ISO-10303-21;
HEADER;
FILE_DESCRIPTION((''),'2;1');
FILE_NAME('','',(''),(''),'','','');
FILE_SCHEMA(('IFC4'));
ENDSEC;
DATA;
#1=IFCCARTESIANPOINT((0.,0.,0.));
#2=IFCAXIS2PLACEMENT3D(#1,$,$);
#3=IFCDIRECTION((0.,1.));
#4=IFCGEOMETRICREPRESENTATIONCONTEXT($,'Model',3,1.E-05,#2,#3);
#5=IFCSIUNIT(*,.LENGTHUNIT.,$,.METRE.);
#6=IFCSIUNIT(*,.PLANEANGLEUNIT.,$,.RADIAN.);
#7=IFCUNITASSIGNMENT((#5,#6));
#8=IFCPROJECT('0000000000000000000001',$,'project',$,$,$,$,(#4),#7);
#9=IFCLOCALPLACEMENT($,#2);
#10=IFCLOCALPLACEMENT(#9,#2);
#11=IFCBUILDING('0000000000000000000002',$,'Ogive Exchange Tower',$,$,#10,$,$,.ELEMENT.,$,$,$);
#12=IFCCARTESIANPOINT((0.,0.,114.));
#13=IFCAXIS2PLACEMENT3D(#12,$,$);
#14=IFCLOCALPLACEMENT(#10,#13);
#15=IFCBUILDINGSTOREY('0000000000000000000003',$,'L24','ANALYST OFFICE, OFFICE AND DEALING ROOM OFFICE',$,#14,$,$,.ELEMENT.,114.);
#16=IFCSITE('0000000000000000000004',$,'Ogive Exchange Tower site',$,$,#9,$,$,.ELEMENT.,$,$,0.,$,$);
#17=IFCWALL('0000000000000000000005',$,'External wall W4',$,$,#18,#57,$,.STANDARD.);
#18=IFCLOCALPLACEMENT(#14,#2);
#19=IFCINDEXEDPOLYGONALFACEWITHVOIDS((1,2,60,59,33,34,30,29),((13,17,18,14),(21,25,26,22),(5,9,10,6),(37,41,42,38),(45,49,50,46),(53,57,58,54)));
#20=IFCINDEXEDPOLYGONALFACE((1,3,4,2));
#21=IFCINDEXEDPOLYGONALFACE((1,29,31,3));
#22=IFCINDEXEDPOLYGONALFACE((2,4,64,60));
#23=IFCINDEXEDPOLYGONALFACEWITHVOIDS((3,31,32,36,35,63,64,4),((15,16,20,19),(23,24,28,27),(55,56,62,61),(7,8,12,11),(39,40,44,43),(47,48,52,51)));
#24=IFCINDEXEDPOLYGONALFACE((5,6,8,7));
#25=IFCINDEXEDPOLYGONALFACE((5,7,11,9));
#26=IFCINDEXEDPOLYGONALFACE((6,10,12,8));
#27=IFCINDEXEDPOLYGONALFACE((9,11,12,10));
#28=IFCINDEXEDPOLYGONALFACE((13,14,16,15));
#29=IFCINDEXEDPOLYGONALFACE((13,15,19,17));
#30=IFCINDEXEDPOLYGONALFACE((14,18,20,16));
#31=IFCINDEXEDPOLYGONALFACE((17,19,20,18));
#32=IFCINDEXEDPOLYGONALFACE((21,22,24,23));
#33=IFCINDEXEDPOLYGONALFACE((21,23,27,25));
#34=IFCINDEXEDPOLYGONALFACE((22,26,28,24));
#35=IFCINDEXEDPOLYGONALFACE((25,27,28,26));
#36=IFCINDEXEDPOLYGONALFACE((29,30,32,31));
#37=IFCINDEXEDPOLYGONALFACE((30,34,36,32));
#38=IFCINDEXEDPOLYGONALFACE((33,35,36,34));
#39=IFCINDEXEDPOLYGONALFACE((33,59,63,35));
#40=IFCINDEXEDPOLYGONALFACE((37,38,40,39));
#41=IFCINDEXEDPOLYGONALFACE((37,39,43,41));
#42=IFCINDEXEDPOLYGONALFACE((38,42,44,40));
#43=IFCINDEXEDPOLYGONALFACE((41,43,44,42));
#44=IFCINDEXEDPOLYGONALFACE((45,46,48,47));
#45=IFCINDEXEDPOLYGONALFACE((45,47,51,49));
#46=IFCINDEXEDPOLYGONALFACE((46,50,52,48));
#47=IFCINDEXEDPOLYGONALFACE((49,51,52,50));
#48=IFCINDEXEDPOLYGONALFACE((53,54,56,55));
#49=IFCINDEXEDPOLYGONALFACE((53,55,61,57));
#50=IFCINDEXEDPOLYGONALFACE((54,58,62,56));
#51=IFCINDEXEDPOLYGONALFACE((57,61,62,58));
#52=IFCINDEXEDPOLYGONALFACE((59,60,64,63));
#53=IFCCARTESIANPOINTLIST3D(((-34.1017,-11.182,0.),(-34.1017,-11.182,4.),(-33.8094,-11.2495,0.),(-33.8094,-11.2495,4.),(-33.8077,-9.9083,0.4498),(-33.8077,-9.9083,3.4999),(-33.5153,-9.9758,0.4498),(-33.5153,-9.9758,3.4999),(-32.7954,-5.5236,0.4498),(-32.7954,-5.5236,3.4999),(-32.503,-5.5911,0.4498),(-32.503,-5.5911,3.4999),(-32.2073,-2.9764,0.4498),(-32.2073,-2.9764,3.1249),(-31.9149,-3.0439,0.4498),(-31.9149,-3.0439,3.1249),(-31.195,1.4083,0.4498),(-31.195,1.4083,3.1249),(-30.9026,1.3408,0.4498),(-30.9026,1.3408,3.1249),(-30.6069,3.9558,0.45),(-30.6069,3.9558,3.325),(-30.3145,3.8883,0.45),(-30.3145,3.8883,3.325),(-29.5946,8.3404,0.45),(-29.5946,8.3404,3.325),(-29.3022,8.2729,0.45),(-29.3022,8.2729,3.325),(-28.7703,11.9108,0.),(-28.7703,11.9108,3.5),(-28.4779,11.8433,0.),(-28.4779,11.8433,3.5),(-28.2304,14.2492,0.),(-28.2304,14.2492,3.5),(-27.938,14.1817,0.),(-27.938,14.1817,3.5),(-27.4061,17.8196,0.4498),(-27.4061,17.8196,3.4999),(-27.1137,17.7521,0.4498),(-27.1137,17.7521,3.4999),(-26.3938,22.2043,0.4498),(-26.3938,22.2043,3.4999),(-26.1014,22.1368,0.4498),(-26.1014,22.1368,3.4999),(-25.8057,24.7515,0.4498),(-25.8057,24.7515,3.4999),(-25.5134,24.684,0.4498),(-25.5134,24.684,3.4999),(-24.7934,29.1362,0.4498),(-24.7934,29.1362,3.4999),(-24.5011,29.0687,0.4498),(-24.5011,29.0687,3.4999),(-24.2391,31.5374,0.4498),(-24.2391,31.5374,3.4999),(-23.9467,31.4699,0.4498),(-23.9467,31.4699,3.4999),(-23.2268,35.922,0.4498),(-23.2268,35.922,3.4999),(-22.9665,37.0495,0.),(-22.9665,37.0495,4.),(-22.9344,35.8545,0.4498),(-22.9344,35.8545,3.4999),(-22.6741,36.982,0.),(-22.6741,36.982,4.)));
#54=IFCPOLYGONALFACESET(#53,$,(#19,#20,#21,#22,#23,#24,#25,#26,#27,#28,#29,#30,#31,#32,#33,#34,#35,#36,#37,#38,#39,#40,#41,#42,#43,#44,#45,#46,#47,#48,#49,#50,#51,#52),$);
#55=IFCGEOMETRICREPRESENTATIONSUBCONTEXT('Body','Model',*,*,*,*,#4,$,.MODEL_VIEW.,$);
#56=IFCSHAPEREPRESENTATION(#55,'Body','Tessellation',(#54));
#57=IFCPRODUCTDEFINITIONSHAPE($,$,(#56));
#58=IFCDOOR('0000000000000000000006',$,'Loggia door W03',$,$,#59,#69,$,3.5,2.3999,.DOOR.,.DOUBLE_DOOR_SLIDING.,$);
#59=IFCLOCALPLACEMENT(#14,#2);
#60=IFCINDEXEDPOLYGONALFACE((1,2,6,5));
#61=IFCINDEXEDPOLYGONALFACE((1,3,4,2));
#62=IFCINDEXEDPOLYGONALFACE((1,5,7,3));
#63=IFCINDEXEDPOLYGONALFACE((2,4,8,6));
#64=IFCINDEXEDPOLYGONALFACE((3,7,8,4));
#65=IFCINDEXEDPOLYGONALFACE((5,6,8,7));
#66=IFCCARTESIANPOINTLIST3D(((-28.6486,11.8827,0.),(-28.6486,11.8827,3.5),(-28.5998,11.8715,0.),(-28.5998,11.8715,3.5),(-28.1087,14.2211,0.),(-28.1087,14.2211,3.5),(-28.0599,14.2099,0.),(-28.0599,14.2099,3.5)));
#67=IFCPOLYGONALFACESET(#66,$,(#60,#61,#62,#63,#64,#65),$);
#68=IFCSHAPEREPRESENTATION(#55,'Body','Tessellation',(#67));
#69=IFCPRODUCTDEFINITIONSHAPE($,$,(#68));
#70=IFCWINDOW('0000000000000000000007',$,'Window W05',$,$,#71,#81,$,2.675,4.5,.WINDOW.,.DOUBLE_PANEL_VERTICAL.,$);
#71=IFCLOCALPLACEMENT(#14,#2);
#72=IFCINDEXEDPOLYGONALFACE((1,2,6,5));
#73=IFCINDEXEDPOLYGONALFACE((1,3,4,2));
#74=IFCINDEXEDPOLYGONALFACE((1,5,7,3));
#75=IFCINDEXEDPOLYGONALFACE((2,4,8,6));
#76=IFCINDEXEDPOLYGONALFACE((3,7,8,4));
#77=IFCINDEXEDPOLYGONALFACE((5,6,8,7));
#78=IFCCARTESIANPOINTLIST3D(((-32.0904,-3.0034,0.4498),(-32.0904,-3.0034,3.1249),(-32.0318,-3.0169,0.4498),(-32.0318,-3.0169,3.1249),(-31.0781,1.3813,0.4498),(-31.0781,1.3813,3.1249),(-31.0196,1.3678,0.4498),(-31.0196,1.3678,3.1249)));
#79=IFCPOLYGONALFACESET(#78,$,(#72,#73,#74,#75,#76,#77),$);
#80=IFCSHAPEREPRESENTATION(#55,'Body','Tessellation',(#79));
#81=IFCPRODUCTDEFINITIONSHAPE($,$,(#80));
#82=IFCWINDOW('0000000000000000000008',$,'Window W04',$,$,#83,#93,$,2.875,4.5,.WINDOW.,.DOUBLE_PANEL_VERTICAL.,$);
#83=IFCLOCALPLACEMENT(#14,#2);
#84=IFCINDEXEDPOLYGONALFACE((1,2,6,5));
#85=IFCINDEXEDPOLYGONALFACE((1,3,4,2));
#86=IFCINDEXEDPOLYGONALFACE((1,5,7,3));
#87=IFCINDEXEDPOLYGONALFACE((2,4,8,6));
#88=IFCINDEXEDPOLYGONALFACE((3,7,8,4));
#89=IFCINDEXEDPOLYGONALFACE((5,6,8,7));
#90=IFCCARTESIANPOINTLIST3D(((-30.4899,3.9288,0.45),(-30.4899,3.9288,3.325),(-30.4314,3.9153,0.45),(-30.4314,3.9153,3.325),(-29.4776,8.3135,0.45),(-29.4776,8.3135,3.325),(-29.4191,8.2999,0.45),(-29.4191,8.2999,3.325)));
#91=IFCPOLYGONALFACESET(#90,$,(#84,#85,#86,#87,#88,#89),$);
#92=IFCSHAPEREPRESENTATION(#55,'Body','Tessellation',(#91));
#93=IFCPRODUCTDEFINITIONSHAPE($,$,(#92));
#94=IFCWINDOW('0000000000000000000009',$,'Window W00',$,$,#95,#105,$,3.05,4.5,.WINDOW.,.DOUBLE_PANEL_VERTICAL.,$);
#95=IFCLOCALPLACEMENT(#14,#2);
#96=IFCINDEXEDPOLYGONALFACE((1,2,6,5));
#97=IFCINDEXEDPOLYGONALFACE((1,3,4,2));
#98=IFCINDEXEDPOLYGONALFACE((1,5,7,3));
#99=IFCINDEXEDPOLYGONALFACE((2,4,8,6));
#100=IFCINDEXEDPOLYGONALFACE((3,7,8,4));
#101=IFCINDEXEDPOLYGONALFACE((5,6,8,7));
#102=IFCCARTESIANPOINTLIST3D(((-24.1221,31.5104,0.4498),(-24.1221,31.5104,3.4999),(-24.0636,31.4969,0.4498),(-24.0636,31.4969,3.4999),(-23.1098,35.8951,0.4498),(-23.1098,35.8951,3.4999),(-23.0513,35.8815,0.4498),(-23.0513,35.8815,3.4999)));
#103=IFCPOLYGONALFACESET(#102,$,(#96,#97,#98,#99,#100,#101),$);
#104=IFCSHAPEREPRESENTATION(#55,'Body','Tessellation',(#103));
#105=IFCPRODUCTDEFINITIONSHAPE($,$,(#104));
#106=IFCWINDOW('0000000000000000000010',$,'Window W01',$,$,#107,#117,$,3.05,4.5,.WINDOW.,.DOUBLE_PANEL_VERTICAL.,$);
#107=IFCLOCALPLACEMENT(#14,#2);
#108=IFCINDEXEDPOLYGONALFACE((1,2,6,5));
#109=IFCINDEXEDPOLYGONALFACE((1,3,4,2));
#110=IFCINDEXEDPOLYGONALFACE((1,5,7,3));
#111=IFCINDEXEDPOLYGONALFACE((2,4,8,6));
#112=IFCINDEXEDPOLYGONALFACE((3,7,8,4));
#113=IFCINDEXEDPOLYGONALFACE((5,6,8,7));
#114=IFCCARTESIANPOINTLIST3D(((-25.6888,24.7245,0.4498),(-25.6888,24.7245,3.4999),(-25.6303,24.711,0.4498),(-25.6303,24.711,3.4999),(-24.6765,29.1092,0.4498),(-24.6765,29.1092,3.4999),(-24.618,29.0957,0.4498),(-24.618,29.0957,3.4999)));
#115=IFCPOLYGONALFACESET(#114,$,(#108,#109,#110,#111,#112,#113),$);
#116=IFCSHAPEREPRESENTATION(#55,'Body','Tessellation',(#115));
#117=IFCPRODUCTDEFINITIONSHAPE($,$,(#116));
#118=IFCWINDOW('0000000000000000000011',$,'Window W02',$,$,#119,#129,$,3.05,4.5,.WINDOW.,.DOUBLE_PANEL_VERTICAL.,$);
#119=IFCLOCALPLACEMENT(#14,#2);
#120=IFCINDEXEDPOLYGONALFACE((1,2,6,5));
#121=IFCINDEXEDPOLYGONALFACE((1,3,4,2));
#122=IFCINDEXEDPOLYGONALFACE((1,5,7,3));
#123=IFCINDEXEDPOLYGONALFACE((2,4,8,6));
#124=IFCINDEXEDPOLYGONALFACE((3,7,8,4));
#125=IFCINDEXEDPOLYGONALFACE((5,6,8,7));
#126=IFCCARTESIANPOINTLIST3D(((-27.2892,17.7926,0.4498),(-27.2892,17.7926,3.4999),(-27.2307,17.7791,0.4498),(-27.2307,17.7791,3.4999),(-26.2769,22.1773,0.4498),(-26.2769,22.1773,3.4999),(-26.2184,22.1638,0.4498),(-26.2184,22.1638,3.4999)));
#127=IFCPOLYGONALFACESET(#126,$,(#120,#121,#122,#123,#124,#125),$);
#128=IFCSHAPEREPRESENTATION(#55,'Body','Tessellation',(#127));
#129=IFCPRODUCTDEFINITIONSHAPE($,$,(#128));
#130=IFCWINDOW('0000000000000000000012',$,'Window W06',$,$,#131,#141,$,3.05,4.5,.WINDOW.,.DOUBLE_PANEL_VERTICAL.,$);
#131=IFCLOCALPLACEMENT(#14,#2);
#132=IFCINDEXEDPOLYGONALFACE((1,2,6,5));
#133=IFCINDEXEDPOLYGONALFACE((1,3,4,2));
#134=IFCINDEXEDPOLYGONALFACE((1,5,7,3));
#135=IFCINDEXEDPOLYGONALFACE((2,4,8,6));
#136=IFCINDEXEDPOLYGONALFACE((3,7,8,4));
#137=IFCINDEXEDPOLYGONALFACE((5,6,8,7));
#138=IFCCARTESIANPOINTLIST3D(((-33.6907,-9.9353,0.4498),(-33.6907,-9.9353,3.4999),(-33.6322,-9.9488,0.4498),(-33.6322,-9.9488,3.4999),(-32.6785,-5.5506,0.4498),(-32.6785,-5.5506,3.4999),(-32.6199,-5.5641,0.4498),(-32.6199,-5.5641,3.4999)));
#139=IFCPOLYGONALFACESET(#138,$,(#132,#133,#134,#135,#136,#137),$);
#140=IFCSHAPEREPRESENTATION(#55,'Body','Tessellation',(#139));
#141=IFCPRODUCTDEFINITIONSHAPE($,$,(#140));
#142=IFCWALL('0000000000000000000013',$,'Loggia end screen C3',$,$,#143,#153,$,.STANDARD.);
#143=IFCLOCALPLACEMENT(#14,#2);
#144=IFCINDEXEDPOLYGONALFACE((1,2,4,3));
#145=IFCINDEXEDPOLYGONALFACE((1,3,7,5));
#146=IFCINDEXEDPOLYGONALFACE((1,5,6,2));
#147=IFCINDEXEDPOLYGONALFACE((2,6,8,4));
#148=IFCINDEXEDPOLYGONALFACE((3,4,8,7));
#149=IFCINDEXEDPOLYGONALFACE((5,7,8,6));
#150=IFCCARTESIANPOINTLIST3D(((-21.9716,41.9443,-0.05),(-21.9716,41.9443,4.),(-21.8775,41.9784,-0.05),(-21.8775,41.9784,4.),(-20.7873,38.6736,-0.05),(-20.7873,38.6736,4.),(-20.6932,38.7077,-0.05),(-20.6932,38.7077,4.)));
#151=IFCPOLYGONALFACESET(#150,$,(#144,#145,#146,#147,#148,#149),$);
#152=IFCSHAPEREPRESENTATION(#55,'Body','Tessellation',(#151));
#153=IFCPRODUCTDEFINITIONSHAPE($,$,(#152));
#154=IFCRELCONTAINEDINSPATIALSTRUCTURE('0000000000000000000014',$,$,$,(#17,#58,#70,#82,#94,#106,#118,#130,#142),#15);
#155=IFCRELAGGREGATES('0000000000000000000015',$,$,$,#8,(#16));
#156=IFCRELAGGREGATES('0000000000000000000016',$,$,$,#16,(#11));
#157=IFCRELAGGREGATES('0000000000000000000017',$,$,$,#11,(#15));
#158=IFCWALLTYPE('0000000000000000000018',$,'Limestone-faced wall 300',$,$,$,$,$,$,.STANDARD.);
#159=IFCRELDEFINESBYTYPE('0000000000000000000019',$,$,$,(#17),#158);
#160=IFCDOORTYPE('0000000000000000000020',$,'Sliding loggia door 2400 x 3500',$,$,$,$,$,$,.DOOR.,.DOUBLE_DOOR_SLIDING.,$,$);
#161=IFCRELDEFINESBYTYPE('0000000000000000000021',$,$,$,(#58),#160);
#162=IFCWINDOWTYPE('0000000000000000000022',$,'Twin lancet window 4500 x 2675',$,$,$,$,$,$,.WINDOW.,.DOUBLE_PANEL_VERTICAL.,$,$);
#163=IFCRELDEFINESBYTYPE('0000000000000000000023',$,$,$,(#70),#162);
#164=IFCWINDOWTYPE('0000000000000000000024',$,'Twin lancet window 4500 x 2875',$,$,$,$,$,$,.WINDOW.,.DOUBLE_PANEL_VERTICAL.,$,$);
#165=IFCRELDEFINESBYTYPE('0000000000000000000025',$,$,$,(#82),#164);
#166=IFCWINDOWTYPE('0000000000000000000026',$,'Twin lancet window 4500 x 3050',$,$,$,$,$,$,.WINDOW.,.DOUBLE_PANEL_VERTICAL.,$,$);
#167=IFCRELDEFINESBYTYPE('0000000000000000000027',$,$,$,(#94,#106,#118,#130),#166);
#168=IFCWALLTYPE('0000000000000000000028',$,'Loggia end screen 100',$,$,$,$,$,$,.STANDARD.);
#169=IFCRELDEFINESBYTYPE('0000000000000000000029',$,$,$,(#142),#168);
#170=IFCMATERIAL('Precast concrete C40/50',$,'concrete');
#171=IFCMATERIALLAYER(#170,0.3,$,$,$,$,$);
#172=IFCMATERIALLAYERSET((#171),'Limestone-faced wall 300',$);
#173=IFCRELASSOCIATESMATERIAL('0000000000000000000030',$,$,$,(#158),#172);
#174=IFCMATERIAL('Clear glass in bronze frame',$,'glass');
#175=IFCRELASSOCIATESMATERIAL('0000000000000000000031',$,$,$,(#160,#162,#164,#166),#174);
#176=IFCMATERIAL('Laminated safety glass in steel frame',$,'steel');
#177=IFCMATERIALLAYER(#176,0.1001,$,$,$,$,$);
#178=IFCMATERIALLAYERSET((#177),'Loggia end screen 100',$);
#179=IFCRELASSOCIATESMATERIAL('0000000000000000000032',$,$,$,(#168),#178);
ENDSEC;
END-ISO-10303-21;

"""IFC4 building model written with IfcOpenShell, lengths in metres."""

from ifc_helpers import new_model, si_unit, direction, frame, frame_2d, origin, place, context, subcontext, project, spatial, rectangle, extrude, material, layer, layer_set, type_object, element, fill, save


model = new_model("IFC4")

# Units and contexts
model_context = context("Model", 3, precision=1e-05, world=origin(), true_north=direction((0.0, 1.0)))
body_context = subcontext(model_context, "Body", "Model", "MODEL_VIEW")
ifc_project = project(units=[si_unit("LENGTHUNIT", "METRE"), si_unit("PLANEANGLEUNIT", "RADIAN")], contexts=[model_context])

# Site, building, storey
site_placement = place(None, origin())
site = spatial("IfcSite", under=ifc_project, at=site_placement, Name="Ogive Exchange Tower site", CompositionType="ELEMENT", RefElevation=0.0)
building_placement = place(site_placement, origin())
building = spatial("IfcBuilding", under=site, at=building_placement, Name="Ogive Exchange Tower", CompositionType="ELEMENT")
storey_placement = place(building_placement, frame((0.0, 0.0, 114.0)))
storey = spatial("IfcBuildingStorey", under=building, at=storey_placement, Name="L24", Description="ANALYST OFFICE, OFFICE AND DEALING ROOM OFFICE", CompositionType="ELEMENT", Elevation=114.0)

# Wall, openings, door, windows
ifc_material_1 = material(Name="Precast concrete C40/50", Category="concrete")
ifc_layer_1 = layer(ifc_material_1, 0.3)
ifc_layer_set_1 = layer_set([ifc_layer_1], Name="Limestone-faced wall 300")
wall_type_1 = type_object("IfcWallType", Name="Limestone-faced wall 300", PredefinedType="STANDARD", material=ifc_layer_set_1)
wall_1_placement = place(storey_placement, frame((-22.8203, 37.0156, 0.0), z_axis=(0.0, 0.0, 1.0), x_axis=(-0.224954, -0.974369, 0.0)))
wall_1 = element("IfcWall", 1, at=wall_1_placement, inside=storey, type_object=wall_type_1, Name="External wall W4", PredefinedType="STANDARD", context=body_context, shape_type="SweptSolid", body=[
    extrude(rectangle(XDim=49.5002, YDim=0.3, at=frame_2d((24.75, 0.0))), origin(), (0.0, 0.0, 1.0), 4.0),
])
opening_1_placement = place(wall_1_placement, frame((1.157, 0.0, 0.45)))
opening_1 = element("IfcOpeningElement", 2, at=opening_1_placement, cuts=wall_1, PredefinedType="OPENING", context=body_context, shape_type="SweptSolid", body=[
    extrude(rectangle(XDim=4.5, YDim=3.05, at=frame_2d((2.25, 1.5249))), frame((0.0, 0.1599, 0.0), z_axis=(0.0, -1.0, 0.0), x_axis=(1.0, 0.0, 0.0)), (0.0, 0.0, 1.0), 0.3201),
])
opening_2_placement = place(wall_1_placement, frame((8.1213, 0.0, 0.45)))
opening_2 = element("IfcOpeningElement", 3, at=opening_2_placement, cuts=wall_1, PredefinedType="OPENING", context=body_context, shape_type="SweptSolid", body=[
    extrude(rectangle(XDim=4.5, YDim=3.05, at=frame_2d((2.25, 1.5249))), frame((0.0, 0.1599, 0.0), z_axis=(0.0, -1.0, 0.0), x_axis=(1.0, 0.0, 0.0)), (0.0, 0.0, 1.0), 0.3201),
])
opening_3_placement = place(wall_1_placement, frame((15.2356, 0.0, 0.45)))
opening_3 = element("IfcOpeningElement", 4, at=opening_3_placement, cuts=wall_1, PredefinedType="OPENING", context=body_context, shape_type="SweptSolid", body=[
    extrude(rectangle(XDim=4.5, YDim=3.05, at=frame_2d((2.25, 1.5249))), frame((0.0, 0.1599, 0.0), z_axis=(0.0, -1.0, 0.0), x_axis=(1.0, 0.0, 0.0)), (0.0, 0.0, 1.0), 0.3201),
])
opening_4_placement = place(wall_1_placement, frame((23.3999, 0.0, 0.0)))
opening_4 = element("IfcOpeningElement", 5, at=opening_4_placement, cuts=wall_1, PredefinedType="OPENING", context=body_context, shape_type="SweptSolid", body=[
    extrude(rectangle(XDim=2.3999, YDim=3.5, at=frame_2d((1.2, 1.75))), frame((0.0, 0.1599, 0.0), z_axis=(0.0, -1.0, 0.0), x_axis=(1.0, 0.0, 0.0)), (0.0, 0.0, 1.0), 0.3201),
])
opening_5_placement = place(wall_1_placement, frame((29.4641, 0.0, 0.45)))
opening_5 = element("IfcOpeningElement", 6, at=opening_5_placement, cuts=wall_1, PredefinedType="OPENING", context=body_context, shape_type="SweptSolid", body=[
    extrude(rectangle(XDim=4.5, YDim=2.875, at=frame_2d((2.25, 1.4375))), frame((0.0, 0.1599, 0.0), z_axis=(0.0, -1.0, 0.0), x_axis=(1.0, 0.0, 0.0)), (0.0, 0.0, 1.0), 0.3201),
])
opening_6_placement = place(wall_1_placement, frame((36.5786, 0.0, 0.45)))
opening_6 = element("IfcOpeningElement", 7, at=opening_6_placement, cuts=wall_1, PredefinedType="OPENING", context=body_context, shape_type="SweptSolid", body=[
    extrude(rectangle(XDim=4.5, YDim=2.675, at=frame_2d((2.25, 1.3374))), frame((0.0, 0.1599, 0.0), z_axis=(0.0, -1.0, 0.0), x_axis=(1.0, 0.0, 0.0)), (0.0, 0.0, 1.0), 0.3201),
])
opening_7_placement = place(wall_1_placement, frame((43.6929, 0.0, 0.45)))
opening_7 = element("IfcOpeningElement", 8, at=opening_7_placement, cuts=wall_1, PredefinedType="OPENING", context=body_context, shape_type="SweptSolid", body=[
    extrude(rectangle(XDim=4.5, YDim=3.05, at=frame_2d((2.25, 1.5249))), frame((0.0, 0.1599, 0.0), z_axis=(0.0, -1.0, 0.0), x_axis=(1.0, 0.0, 0.0)), (0.0, 0.0, 1.0), 0.3201),
])
ifc_material_2 = material(Name="Clear glass in bronze frame", Category="glass")
door_type_1 = type_object("IfcDoorType", Name="Sliding loggia door 2400 x 3500", OperationType="DOUBLE_DOOR_SLIDING", PredefinedType="DOOR", material=ifc_material_2)
door_1_placement = place(opening_4_placement, origin())
door_1 = element("IfcDoor", 9, at=door_1_placement, inside=storey, type_object=door_type_1, Name="Loggia door W03", OperationType="DOUBLE_DOOR_SLIDING", OverallHeight=3.5, OverallWidth=2.3999, PredefinedType="DOOR", context=body_context, shape_type="SweptSolid", body=[
    extrude(rectangle(XDim=2.3999, YDim=3.5, at=frame_2d((1.2, 1.75))), frame((0.0, 0.0249, 0.0), z_axis=(0.0, -1.0, 0.0), x_axis=(1.0, 0.0, 0.0)), (0.0, 0.0, 1.0), 0.05),
])
fill(opening_4, door_1)
window_type_1 = type_object("IfcWindowType", Name="Twin lancet window 4500 x 2675", PartitioningType="DOUBLE_PANEL_VERTICAL", PredefinedType="WINDOW", material=ifc_material_2)
window_1_placement = place(opening_6_placement, origin())
window_1 = element("IfcWindow", 10, at=window_1_placement, inside=storey, type_object=window_type_1, Name="Window W05", OverallHeight=2.675, OverallWidth=4.5, PartitioningType="DOUBLE_PANEL_VERTICAL", PredefinedType="WINDOW", context=body_context, shape_type="SweptSolid", body=[
    extrude(rectangle(XDim=4.5, YDim=2.675, at=frame_2d((2.25, 1.3374))), frame((0.0, 0.03, 0.0), z_axis=(0.0, -1.0, 0.0), x_axis=(1.0, 0.0, 0.0)), (0.0, 0.0, 1.0), 0.0601),
])
fill(opening_6, window_1)
window_type_2 = type_object("IfcWindowType", Name="Twin lancet window 4500 x 2875", PartitioningType="DOUBLE_PANEL_VERTICAL", PredefinedType="WINDOW", material=ifc_material_2)
window_2_placement = place(opening_5_placement, origin())
window_2 = element("IfcWindow", 11, at=window_2_placement, inside=storey, type_object=window_type_2, Name="Window W04", OverallHeight=2.875, OverallWidth=4.5, PartitioningType="DOUBLE_PANEL_VERTICAL", PredefinedType="WINDOW", context=body_context, shape_type="SweptSolid", body=[
    extrude(rectangle(XDim=4.5, YDim=2.875, at=frame_2d((2.25, 1.4375))), frame((0.0, 0.03, 0.0), z_axis=(0.0, -1.0, 0.0), x_axis=(1.0, 0.0, 0.0)), (0.0, 0.0, 1.0), 0.0601),
])
fill(opening_5, window_2)
window_type_3 = type_object("IfcWindowType", Name="Twin lancet window 4500 x 3050", PartitioningType="DOUBLE_PANEL_VERTICAL", PredefinedType="WINDOW", material=ifc_material_2)
window_3_placement = place(opening_1_placement, origin())
window_3 = element("IfcWindow", 12, at=window_3_placement, inside=storey, type_object=window_type_3, Name="Window W00", OverallHeight=3.05, OverallWidth=4.5, PartitioningType="DOUBLE_PANEL_VERTICAL", PredefinedType="WINDOW", context=body_context, shape_type="SweptSolid", body=[
    extrude(rectangle(XDim=4.5, YDim=3.05, at=frame_2d((2.25, 1.5249))), frame((0.0, 0.03, 0.0), z_axis=(0.0, -1.0, 0.0), x_axis=(1.0, 0.0, 0.0)), (0.0, 0.0, 1.0), 0.0601),
])
fill(opening_1, window_3)
window_4_placement = place(opening_2_placement, origin())
window_4 = element("IfcWindow", 13, at=window_4_placement, inside=storey, type_object=window_type_3, Name="Window W01", OverallHeight=3.05, OverallWidth=4.5, PartitioningType="DOUBLE_PANEL_VERTICAL", PredefinedType="WINDOW", context=body_context, shape_type="SweptSolid", body=[
    extrude(rectangle(XDim=4.5, YDim=3.05, at=frame_2d((2.25, 1.5249))), frame((0.0, 0.03, 0.0), z_axis=(0.0, -1.0, 0.0), x_axis=(1.0, 0.0, 0.0)), (0.0, 0.0, 1.0), 0.0601),
])
fill(opening_2, window_4)
window_5_placement = place(opening_3_placement, origin())
window_5 = element("IfcWindow", 14, at=window_5_placement, inside=storey, type_object=window_type_3, Name="Window W02", OverallHeight=3.05, OverallWidth=4.5, PartitioningType="DOUBLE_PANEL_VERTICAL", PredefinedType="WINDOW", context=body_context, shape_type="SweptSolid", body=[
    extrude(rectangle(XDim=4.5, YDim=3.05, at=frame_2d((2.25, 1.5249))), frame((0.0, 0.03, 0.0), z_axis=(0.0, -1.0, 0.0), x_axis=(1.0, 0.0, 0.0)), (0.0, 0.0, 1.0), 0.0601),
])
fill(opening_3, window_5)
window_6_placement = place(opening_7_placement, origin())
window_6 = element("IfcWindow", 15, at=window_6_placement, inside=storey, type_object=window_type_3, Name="Window W06", OverallHeight=3.05, OverallWidth=4.5, PartitioningType="DOUBLE_PANEL_VERTICAL", PredefinedType="WINDOW", context=body_context, shape_type="SweptSolid", body=[
    extrude(rectangle(XDim=4.5, YDim=3.05, at=frame_2d((2.25, 1.5249))), frame((0.0, 0.03, 0.0), z_axis=(0.0, -1.0, 0.0), x_axis=(1.0, 0.0, 0.0)), (0.0, 0.0, 1.0), 0.0601),
])
fill(opening_7, window_6)

# Wall
ifc_material_3 = material(Name="Laminated safety glass in steel frame", Category="steel")
ifc_layer_2 = layer(ifc_material_3, 0.1001)
ifc_layer_set_2 = layer_set([ifc_layer_2], Name="Loggia end screen 100")
wall_type_2 = type_object("IfcWallType", Name="Loggia end screen 100", PredefinedType="STANDARD", material=ifc_layer_set_2)
wall_2_placement = place(storey_placement, frame((-20.7402, 38.6907, -0.05), z_axis=(0.0, 0.0, 1.0), x_axis=(-0.340464, 0.940258, 0.0)))
element("IfcWall", 16, at=wall_2_placement, inside=storey, type_object=wall_type_2, Name="Loggia end screen C3", PredefinedType="STANDARD", context=body_context, shape_type="SweptSolid", body=[
    extrude(rectangle(XDim=3.4785, YDim=0.1001, at=frame_2d((1.7393, 0.0))), origin(), (0.0, 0.0, 1.0), 4.05),
])

save(model, "model.ifc")
